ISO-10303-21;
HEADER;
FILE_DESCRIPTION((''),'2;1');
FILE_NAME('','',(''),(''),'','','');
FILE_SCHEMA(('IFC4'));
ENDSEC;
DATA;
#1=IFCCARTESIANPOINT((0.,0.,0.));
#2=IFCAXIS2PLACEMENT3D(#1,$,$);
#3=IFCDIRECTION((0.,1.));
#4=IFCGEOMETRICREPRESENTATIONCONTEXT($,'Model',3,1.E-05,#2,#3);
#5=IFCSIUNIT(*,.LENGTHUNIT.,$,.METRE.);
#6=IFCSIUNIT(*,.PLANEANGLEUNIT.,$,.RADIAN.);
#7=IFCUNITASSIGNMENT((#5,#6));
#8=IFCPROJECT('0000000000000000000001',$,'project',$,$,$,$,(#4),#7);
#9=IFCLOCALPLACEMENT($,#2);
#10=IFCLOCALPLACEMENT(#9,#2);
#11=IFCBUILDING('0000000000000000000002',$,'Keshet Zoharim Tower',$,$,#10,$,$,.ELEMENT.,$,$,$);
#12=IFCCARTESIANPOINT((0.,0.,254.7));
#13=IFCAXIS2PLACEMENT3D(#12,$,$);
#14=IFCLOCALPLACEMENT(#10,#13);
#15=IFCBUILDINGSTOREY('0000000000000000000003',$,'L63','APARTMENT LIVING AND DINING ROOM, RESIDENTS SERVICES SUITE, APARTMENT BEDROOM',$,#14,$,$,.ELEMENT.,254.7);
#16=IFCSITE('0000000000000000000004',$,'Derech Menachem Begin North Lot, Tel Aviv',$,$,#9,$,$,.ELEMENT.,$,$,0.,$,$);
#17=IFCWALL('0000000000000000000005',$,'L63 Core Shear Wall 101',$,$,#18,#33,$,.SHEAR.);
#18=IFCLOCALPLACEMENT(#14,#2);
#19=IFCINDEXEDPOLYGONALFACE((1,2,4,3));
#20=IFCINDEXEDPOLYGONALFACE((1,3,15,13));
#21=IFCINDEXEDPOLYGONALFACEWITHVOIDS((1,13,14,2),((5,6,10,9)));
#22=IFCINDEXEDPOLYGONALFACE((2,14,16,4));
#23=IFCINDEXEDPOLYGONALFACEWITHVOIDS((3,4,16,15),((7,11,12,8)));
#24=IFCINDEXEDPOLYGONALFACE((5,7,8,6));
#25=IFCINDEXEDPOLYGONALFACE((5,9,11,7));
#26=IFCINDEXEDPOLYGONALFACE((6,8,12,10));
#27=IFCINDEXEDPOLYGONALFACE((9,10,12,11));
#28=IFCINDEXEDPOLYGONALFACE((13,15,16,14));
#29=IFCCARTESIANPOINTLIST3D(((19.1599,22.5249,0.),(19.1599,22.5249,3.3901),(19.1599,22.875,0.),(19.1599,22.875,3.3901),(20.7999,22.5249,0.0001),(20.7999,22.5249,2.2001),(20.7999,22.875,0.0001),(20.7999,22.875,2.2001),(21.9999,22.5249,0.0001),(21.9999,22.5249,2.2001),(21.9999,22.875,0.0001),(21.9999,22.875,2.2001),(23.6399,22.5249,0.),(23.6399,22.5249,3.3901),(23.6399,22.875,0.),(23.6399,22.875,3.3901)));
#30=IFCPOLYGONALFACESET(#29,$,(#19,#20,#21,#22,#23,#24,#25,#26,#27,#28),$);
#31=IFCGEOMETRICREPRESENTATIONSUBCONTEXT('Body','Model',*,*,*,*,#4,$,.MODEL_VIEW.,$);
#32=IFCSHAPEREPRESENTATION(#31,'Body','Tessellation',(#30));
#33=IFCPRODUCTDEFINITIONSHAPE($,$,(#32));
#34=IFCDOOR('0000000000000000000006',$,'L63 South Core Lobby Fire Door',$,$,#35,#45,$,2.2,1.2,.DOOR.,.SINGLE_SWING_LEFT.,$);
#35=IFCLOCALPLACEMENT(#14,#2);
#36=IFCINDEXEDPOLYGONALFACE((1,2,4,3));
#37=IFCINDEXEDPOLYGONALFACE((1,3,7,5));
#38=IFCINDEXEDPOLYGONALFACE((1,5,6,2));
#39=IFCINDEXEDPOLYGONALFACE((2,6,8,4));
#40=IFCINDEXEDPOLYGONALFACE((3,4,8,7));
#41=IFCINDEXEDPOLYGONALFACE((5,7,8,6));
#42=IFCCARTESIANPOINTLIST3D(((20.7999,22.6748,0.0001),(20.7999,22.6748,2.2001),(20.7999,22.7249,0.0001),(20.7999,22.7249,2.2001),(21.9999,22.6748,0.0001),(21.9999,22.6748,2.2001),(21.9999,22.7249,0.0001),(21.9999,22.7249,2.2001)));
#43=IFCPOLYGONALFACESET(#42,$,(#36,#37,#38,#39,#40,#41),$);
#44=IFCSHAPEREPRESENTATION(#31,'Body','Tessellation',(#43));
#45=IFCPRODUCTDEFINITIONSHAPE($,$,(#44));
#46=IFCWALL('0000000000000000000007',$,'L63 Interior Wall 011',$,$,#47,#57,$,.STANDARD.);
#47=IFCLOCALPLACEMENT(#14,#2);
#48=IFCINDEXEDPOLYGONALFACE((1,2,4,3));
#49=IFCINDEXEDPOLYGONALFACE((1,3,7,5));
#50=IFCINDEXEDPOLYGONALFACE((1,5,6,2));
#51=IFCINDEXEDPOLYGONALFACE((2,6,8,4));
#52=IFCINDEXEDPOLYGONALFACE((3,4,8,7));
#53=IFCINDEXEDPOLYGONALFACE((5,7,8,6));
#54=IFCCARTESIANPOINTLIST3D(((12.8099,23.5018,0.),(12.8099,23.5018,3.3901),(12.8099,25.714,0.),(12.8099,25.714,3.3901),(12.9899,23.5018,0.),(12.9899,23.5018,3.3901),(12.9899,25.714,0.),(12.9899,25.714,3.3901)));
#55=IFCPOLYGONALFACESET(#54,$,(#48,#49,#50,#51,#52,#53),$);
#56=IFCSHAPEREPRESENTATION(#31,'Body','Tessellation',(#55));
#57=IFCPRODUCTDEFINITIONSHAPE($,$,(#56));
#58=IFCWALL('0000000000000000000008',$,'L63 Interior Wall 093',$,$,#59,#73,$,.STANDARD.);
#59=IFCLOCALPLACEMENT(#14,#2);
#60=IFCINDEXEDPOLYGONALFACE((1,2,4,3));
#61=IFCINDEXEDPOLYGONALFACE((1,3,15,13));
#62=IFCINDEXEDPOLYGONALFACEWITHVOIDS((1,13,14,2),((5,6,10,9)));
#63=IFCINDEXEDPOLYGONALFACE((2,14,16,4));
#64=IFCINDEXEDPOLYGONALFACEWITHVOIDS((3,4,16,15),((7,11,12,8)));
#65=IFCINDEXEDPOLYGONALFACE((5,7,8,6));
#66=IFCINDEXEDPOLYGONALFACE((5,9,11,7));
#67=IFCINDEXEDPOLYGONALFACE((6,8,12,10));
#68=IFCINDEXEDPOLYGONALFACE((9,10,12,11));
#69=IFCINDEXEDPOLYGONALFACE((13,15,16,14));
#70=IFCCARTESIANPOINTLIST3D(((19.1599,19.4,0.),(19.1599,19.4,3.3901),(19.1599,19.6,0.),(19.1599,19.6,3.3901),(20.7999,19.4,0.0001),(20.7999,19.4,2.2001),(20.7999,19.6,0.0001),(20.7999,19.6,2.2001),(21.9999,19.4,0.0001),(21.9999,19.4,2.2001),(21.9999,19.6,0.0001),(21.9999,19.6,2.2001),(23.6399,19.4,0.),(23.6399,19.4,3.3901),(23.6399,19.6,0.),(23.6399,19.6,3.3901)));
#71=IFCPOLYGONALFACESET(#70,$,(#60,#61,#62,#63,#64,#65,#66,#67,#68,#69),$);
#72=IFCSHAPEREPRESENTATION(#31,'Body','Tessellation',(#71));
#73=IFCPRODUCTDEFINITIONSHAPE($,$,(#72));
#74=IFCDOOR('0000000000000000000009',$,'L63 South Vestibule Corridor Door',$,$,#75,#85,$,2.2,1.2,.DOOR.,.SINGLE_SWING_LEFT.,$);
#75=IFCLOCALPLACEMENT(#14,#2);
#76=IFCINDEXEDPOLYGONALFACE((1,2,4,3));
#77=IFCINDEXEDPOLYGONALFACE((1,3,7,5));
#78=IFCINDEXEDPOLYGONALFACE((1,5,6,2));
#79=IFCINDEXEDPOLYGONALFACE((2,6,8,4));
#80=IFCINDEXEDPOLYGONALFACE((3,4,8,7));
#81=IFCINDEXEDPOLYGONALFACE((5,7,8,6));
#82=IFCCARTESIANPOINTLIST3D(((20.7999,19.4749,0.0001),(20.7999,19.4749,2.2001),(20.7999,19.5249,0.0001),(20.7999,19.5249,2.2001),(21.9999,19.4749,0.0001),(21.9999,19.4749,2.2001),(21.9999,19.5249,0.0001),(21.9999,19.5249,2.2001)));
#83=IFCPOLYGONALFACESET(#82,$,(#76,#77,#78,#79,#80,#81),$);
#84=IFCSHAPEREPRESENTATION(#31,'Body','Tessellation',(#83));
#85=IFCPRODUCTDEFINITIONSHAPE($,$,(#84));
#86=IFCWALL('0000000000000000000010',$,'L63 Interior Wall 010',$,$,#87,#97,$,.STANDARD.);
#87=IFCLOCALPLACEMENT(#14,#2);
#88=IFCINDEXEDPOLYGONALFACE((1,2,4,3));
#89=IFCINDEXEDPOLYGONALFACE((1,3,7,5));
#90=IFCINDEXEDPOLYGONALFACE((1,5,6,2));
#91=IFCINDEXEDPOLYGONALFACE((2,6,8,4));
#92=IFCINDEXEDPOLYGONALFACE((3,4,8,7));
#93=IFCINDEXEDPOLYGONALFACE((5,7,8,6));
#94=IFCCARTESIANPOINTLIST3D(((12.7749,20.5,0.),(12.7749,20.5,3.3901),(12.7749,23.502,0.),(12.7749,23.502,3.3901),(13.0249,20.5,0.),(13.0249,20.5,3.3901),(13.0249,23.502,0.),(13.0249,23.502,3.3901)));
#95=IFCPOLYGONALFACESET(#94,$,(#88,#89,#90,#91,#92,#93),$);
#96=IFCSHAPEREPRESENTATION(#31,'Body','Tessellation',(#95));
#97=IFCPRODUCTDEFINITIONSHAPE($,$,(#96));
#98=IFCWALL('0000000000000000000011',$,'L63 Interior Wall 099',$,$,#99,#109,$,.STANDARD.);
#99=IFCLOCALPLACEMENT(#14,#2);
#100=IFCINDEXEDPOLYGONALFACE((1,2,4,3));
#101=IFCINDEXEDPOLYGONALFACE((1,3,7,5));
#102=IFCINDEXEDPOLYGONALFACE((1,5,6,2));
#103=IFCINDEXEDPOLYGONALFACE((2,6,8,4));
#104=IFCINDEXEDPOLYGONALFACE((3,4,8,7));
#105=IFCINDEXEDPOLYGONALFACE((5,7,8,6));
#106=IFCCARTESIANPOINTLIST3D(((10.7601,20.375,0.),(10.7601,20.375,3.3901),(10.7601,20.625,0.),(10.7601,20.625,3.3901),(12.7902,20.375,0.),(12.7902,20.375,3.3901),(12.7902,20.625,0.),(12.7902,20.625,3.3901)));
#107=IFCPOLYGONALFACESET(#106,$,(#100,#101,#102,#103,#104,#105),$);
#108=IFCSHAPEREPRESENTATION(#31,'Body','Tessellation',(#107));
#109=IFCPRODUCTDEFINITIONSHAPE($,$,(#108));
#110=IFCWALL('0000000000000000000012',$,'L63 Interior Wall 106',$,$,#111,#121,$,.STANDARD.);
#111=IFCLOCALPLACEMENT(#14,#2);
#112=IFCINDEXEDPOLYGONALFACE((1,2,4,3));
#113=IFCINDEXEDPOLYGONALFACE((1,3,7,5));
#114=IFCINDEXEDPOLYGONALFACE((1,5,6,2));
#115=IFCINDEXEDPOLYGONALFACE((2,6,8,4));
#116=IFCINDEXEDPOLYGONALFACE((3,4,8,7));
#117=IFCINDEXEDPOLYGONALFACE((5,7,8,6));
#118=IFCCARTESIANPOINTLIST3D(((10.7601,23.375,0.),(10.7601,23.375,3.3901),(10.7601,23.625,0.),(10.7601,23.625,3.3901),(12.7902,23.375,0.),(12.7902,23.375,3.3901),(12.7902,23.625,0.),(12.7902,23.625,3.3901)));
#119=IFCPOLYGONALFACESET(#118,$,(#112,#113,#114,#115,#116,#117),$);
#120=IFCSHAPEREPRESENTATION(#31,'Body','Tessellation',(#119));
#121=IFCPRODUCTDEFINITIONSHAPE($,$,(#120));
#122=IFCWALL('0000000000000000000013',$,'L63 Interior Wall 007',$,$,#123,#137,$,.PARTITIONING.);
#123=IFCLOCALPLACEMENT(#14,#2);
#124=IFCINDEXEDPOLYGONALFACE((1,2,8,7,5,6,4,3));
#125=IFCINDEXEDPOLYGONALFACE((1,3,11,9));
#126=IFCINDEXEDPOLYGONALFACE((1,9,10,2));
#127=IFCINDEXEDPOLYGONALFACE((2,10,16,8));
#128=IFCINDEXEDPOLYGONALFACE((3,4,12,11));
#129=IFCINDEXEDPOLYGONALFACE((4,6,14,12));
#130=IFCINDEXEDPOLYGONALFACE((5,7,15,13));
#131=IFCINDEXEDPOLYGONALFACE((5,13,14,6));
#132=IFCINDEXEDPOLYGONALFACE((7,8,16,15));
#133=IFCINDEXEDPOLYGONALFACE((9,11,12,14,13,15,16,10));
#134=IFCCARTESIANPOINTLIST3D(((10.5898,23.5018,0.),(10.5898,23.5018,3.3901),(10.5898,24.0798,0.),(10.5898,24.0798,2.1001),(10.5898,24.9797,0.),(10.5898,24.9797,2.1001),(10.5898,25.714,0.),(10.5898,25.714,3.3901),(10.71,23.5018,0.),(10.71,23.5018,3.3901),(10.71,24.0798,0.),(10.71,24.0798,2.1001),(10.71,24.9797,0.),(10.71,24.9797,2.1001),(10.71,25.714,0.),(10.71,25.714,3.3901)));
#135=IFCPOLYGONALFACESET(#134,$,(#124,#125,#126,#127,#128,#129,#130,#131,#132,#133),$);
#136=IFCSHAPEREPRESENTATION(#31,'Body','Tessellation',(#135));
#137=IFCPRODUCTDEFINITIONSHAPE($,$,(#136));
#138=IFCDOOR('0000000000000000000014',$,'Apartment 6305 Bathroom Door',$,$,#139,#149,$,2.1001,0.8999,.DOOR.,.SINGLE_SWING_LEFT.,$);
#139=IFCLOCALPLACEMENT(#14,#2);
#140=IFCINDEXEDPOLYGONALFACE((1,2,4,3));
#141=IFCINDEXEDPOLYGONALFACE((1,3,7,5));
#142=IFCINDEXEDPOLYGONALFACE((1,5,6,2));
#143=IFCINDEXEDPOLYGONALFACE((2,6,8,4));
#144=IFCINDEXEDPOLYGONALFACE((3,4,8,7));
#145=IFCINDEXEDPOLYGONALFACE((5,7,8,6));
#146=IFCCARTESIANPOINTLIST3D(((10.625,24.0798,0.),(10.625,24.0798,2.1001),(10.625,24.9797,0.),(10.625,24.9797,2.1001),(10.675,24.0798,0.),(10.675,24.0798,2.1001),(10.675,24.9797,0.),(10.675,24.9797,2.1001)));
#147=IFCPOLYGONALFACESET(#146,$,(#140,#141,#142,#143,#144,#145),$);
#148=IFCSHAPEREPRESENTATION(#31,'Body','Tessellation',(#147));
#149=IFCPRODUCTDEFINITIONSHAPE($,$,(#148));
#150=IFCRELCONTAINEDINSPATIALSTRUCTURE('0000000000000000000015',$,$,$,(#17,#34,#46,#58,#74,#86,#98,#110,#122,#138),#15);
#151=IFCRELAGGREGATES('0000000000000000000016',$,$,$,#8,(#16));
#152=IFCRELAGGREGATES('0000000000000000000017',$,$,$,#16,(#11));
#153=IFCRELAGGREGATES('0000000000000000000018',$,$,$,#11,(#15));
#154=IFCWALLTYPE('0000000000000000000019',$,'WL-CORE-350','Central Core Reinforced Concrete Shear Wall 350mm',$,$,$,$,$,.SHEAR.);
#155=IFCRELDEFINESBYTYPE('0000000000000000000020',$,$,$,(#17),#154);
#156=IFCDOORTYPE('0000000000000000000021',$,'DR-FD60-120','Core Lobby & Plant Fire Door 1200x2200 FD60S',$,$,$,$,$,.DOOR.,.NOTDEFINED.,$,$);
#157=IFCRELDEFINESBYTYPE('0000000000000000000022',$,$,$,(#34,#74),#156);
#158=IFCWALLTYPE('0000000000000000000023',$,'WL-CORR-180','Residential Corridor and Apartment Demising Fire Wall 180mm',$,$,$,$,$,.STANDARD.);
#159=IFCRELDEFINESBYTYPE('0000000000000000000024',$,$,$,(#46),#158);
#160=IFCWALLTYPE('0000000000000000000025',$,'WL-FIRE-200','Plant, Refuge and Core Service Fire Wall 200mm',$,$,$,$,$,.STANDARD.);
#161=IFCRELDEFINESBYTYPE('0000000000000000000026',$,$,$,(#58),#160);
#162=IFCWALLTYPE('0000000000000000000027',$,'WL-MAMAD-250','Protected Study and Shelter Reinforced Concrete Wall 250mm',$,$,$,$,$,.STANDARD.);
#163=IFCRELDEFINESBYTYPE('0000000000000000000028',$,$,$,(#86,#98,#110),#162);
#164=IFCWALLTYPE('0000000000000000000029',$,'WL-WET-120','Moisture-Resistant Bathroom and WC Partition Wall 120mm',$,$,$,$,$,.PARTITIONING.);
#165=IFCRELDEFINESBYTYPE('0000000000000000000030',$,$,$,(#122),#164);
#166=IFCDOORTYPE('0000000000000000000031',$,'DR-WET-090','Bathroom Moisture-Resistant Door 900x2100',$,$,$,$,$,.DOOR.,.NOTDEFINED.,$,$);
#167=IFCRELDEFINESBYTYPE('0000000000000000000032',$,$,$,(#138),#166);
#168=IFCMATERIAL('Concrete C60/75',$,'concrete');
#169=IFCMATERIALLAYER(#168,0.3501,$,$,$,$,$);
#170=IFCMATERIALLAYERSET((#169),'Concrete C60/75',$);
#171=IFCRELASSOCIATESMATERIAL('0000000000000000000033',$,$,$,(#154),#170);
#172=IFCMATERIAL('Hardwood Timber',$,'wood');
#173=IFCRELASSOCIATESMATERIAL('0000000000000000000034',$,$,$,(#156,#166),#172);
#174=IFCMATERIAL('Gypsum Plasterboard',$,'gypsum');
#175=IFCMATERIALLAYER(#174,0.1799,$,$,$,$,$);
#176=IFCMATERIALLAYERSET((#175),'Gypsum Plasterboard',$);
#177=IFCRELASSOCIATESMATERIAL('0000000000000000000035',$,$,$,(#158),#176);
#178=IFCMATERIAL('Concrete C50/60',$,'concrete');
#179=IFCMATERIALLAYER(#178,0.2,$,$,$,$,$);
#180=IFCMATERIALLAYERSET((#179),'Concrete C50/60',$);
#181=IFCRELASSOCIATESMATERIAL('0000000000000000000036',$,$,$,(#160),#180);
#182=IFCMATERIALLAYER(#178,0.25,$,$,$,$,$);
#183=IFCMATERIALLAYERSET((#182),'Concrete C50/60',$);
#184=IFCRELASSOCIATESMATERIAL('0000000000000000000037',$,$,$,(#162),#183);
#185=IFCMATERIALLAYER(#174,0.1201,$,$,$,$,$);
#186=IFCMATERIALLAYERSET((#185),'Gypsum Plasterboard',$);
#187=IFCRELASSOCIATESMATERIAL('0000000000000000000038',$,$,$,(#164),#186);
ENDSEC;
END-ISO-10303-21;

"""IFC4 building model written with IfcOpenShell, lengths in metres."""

from ifc_helpers import new_model, si_unit, direction, frame, frame_2d, origin, place, context, subcontext, project, spatial, rectangle, extrude, material, layer, layer_set, type_object, element, fill, save


model = new_model("IFC4")

# Units and contexts
model_context = context("Model", 3, precision=1e-05, world=origin(), true_north=direction((0.0, 1.0)))
body_context = subcontext(model_context, "Body", "Model", "MODEL_VIEW")
ifc_project = project(units=[si_unit("LENGTHUNIT", "METRE"), si_unit("PLANEANGLEUNIT", "RADIAN")], contexts=[model_context])

# Site, building, storey
site_placement = place(None, origin())
site = spatial("IfcSite", under=ifc_project, at=site_placement, Name="Derech Menachem Begin North Lot, Tel Aviv", CompositionType="ELEMENT", RefElevation=0.0)
building_placement = place(site_placement, origin())
building = spatial("IfcBuilding", under=site, at=building_placement, Name="Keshet Zoharim Tower", CompositionType="ELEMENT")
storey_placement = place(building_placement, frame((0.0, 0.0, 254.7)))
storey = spatial("IfcBuildingStorey", under=building, at=storey_placement, Name="L63", Description="APARTMENT LIVING AND DINING ROOM, RESIDENTS SERVICES SUITE, APARTMENT BEDROOM", CompositionType="ELEMENT", Elevation=254.7)

# Shared definitions
ifc_material_1 = material(Name="Concrete C50/60", Category="concrete")

# Shared definitions
ifc_material_2 = material(Name="Concrete C60/75", Category="concrete")
ifc_layer_1 = layer(ifc_material_2, 0.3501)
ifc_layer_set_1 = layer_set([ifc_layer_1], Name="Concrete C60/75")
wall_type_1 = type_object("IfcWallType", Name="WL-CORE-350", Description="Central Core Reinforced Concrete Shear Wall 350mm", PredefinedType="SHEAR", material=ifc_layer_set_1)

# Shared definitions
ifc_material_3 = material(Name="Hardwood Timber", Category="wood")

# Wall, opening, door
wall_1_placement = place(storey_placement, frame((19.1599, 22.7, 0.0), z_axis=(0.0, 0.0, 1.0), x_axis=(1.0, 0.0, 0.0)))
wall_1 = element("IfcWall", 1, at=wall_1_placement, inside=storey, type_object=wall_type_1, Name="L63 Core Shear Wall 101", PredefinedType="SHEAR", context=body_context, shape_type="SweptSolid", body=[
    extrude(rectangle(XDim=4.48, YDim=0.3501, at=frame_2d((2.24, 0.0))), origin(), (0.0, 0.0, 1.0), 3.3901),
])
opening_1_placement = place(wall_1_placement, frame((1.6399, 0.0, 0.0)))
opening_1 = element("IfcOpeningElement", 2, at=opening_1_placement, cuts=wall_1, PredefinedType="OPENING", context=body_context, shape_type="SweptSolid", body=[
    extrude(rectangle(XDim=1.2, YDim=2.2, at=frame_2d((0.6001, 1.1001))), frame((0.0, 0.1851, 0.0), z_axis=(0.0, -1.0, 0.0), x_axis=(1.0, 0.0, 0.0)), (0.0, 0.0, 1.0), 0.3701),
])
door_type_1 = type_object("IfcDoorType", Name="DR-FD60-120", Description="Core Lobby & Plant Fire Door 1200x2200 FD60S", OperationType="NOTDEFINED", PredefinedType="DOOR", material=ifc_material_3)
door_1_placement = place(opening_1_placement, origin())
door_1 = element("IfcDoor", 3, at=door_1_placement, inside=storey, type_object=door_type_1, Name="L63 South Core Lobby Fire Door", OperationType="SINGLE_SWING_LEFT", OverallHeight=2.2, OverallWidth=1.2, PredefinedType="DOOR", context=body_context, shape_type="SweptSolid", body=[
    extrude(rectangle(XDim=1.2, YDim=2.2, at=frame_2d((0.6001, 1.1001))), frame((0.0, 0.0249, 0.0), z_axis=(0.0, -1.0, 0.0), x_axis=(1.0, 0.0, 0.0)), (0.0, 0.0, 1.0), 0.05),
])
fill(opening_1, door_1)

# Wall
ifc_material_4 = material(Name="Gypsum Plasterboard", Category="gypsum")
ifc_layer_2 = layer(ifc_material_4, 0.1799)
ifc_layer_set_2 = layer_set([ifc_layer_2], Name="Gypsum Plasterboard")
wall_type_2 = type_object("IfcWallType", Name="WL-CORR-180", Description="Residential Corridor and Apartment Demising Fire Wall 180mm", PredefinedType="STANDARD", material=ifc_layer_set_2)
wall_2_placement = place(storey_placement, frame((12.8999, 23.502, 0.0), z_axis=(0.0, 0.0, 1.0), x_axis=(0.0, 1.0, 0.0)))
element("IfcWall", 4, at=wall_2_placement, inside=storey, type_object=wall_type_2, Name="L63 Interior Wall 011", PredefinedType="STANDARD", context=body_context, shape_type="SweptSolid", body=[
    extrude(rectangle(XDim=2.2122, YDim=0.1799, at=frame_2d((1.106, 0.0))), origin(), (0.0, 0.0, 1.0), 3.3901),
])

# Wall, opening, door
ifc_layer_3 = layer(ifc_material_1, 0.2)
ifc_layer_set_3 = layer_set([ifc_layer_3], Name="Concrete C50/60")
wall_type_3 = type_object("IfcWallType", Name="WL-FIRE-200", Description="Plant, Refuge and Core Service Fire Wall 200mm", PredefinedType="STANDARD", material=ifc_layer_set_3)
wall_3_placement = place(storey_placement, frame((19.1599, 19.5, 0.0), z_axis=(0.0, 0.0, 1.0), x_axis=(1.0, 0.0, 0.0)))
wall_3 = element("IfcWall", 5, at=wall_3_placement, inside=storey, type_object=wall_type_3, Name="L63 Interior Wall 093", PredefinedType="STANDARD", context=body_context, shape_type="SweptSolid", body=[
    extrude(rectangle(XDim=4.48, YDim=0.2, at=frame_2d((2.24, 0.0))), origin(), (0.0, 0.0, 1.0), 3.3901),
])
opening_2_placement = place(wall_3_placement, frame((1.6399, 0.0, 0.0)))
opening_2 = element("IfcOpeningElement", 6, at=opening_2_placement, cuts=wall_3, PredefinedType="OPENING", context=body_context, shape_type="SweptSolid", body=[
    extrude(rectangle(XDim=1.2, YDim=2.2, at=frame_2d((0.6001, 1.1001))), frame((0.0, 0.1099, 0.0), z_axis=(0.0, -1.0, 0.0), x_axis=(1.0, 0.0, 0.0)), (0.0, 0.0, 1.0), 0.22),
])
door_2_placement = place(opening_2_placement, origin())
door_2 = element("IfcDoor", 7, at=door_2_placement, inside=storey, type_object=door_type_1, Name="L63 South Vestibule Corridor Door", OperationType="SINGLE_SWING_LEFT", OverallHeight=2.2, OverallWidth=1.2, PredefinedType="DOOR", context=body_context, shape_type="SweptSolid", body=[
    extrude(rectangle(XDim=1.2, YDim=2.2, at=frame_2d((0.6001, 1.1001))), frame((0.0, 0.0249, 0.0), z_axis=(0.0, -1.0, 0.0), x_axis=(1.0, 0.0, 0.0)), (0.0, 0.0, 1.0), 0.05),
])
fill(opening_2, door_2)
ifc_layer_4 = layer(ifc_material_1, 0.25)
ifc_layer_set_4 = layer_set([ifc_layer_4], Name="Concrete C50/60")
wall_type_4 = type_object("IfcWallType", Name="WL-MAMAD-250", Description="Protected Study and Shelter Reinforced Concrete Wall 250mm", PredefinedType="STANDARD", material=ifc_layer_set_4)

# Walls
wall_4_placement = place(storey_placement, frame((12.8999, 20.5, 0.0), z_axis=(0.0, 0.0, 1.0), x_axis=(0.0, 1.0, 0.0)))
element("IfcWall", 8, at=wall_4_placement, inside=storey, type_object=wall_type_4, Name="L63 Interior Wall 010", PredefinedType="STANDARD", context=body_context, shape_type="SweptSolid", body=[
    extrude(rectangle(XDim=3.002, YDim=0.25, at=frame_2d((1.501, 0.0))), origin(), (0.0, 0.0, 1.0), 3.3901),
])
for number, where, z_axis, x_axis, name in (
    (9, (10.76, 20.5, 0.0), (0.0, 0.0, 1.0), (1.0, 0.0, 0.0), "L63 Interior Wall 099"),
    (10, (10.76, 23.5, 0.0), (0.0, 0.0, 1.0), (1.0, 0.0, 0.0), "L63 Interior Wall 106"),
):
    element("IfcWall", number, at=place(storey_placement, frame(where, z_axis=z_axis, x_axis=x_axis)), inside=storey, type_object=wall_type_4, Name=name, PredefinedType="STANDARD", context=body_context, shape_type="SweptSolid", body=[
        extrude(rectangle(XDim=2.03, YDim=0.25, at=frame_2d((1.0151, 0.0))), origin(), (0.0, 0.0, 1.0), 3.3901),
    ])

# Wall, opening, door
ifc_layer_5 = layer(ifc_material_4, 0.1201)
ifc_layer_set_5 = layer_set([ifc_layer_5], Name="Gypsum Plasterboard")
wall_type_5 = type_object("IfcWallType", Name="WL-WET-120", Description="Moisture-Resistant Bathroom and WC Partition Wall 120mm", PredefinedType="PARTITIONING", material=ifc_layer_set_5)
wall_5_placement = place(storey_placement, frame((10.6499, 23.502, 0.0), z_axis=(0.0, 0.0, 1.0), x_axis=(0.0, 1.0, 0.0)))
wall_5 = element("IfcWall", 11, at=wall_5_placement, inside=storey, type_object=wall_type_5, Name="L63 Interior Wall 007", PredefinedType="PARTITIONING", context=body_context, shape_type="SweptSolid", body=[
    extrude(rectangle(XDim=2.2122, YDim=0.1201, at=frame_2d((1.106, 0.0))), origin(), (0.0, 0.0, 1.0), 3.3901),
])
opening_3_placement = place(wall_5_placement, frame((0.5779, 0.0, 0.0)))
opening_3 = element("IfcOpeningElement", 12, at=opening_3_placement, cuts=wall_5, PredefinedType="OPENING", context=body_context, shape_type="SweptSolid", body=[
    extrude(rectangle(XDim=0.8999, YDim=2.1001, at=frame_2d((0.45, 1.05))), frame((0.0, 0.0701, 0.0), z_axis=(0.0, -1.0, 0.0), x_axis=(1.0, 0.0, 0.0)), (0.0, 0.0, 1.0), 0.1401),
])
door_type_2 = type_object("IfcDoorType", Name="DR-WET-090", Description="Bathroom Moisture-Resistant Door 900x2100", OperationType="NOTDEFINED", PredefinedType="DOOR", material=ifc_material_3)
door_3_placement = place(opening_3_placement, origin())
door_3 = element("IfcDoor", 13, at=door_3_placement, inside=storey, type_object=door_type_2, Name="Apartment 6305 Bathroom Door", OperationType="SINGLE_SWING_LEFT", OverallHeight=2.1001, OverallWidth=0.8999, PredefinedType="DOOR", context=body_context, shape_type="SweptSolid", body=[
    extrude(rectangle(XDim=0.8999, YDim=2.1001, at=frame_2d((0.45, 1.05))), frame((0.0, 0.0249, 0.0), z_axis=(0.0, -1.0, 0.0), x_axis=(1.0, 0.0, 0.0)), (0.0, 0.0, 1.0), 0.05),
])
fill(opening_3, door_3)

save(model, "model.ifc")
